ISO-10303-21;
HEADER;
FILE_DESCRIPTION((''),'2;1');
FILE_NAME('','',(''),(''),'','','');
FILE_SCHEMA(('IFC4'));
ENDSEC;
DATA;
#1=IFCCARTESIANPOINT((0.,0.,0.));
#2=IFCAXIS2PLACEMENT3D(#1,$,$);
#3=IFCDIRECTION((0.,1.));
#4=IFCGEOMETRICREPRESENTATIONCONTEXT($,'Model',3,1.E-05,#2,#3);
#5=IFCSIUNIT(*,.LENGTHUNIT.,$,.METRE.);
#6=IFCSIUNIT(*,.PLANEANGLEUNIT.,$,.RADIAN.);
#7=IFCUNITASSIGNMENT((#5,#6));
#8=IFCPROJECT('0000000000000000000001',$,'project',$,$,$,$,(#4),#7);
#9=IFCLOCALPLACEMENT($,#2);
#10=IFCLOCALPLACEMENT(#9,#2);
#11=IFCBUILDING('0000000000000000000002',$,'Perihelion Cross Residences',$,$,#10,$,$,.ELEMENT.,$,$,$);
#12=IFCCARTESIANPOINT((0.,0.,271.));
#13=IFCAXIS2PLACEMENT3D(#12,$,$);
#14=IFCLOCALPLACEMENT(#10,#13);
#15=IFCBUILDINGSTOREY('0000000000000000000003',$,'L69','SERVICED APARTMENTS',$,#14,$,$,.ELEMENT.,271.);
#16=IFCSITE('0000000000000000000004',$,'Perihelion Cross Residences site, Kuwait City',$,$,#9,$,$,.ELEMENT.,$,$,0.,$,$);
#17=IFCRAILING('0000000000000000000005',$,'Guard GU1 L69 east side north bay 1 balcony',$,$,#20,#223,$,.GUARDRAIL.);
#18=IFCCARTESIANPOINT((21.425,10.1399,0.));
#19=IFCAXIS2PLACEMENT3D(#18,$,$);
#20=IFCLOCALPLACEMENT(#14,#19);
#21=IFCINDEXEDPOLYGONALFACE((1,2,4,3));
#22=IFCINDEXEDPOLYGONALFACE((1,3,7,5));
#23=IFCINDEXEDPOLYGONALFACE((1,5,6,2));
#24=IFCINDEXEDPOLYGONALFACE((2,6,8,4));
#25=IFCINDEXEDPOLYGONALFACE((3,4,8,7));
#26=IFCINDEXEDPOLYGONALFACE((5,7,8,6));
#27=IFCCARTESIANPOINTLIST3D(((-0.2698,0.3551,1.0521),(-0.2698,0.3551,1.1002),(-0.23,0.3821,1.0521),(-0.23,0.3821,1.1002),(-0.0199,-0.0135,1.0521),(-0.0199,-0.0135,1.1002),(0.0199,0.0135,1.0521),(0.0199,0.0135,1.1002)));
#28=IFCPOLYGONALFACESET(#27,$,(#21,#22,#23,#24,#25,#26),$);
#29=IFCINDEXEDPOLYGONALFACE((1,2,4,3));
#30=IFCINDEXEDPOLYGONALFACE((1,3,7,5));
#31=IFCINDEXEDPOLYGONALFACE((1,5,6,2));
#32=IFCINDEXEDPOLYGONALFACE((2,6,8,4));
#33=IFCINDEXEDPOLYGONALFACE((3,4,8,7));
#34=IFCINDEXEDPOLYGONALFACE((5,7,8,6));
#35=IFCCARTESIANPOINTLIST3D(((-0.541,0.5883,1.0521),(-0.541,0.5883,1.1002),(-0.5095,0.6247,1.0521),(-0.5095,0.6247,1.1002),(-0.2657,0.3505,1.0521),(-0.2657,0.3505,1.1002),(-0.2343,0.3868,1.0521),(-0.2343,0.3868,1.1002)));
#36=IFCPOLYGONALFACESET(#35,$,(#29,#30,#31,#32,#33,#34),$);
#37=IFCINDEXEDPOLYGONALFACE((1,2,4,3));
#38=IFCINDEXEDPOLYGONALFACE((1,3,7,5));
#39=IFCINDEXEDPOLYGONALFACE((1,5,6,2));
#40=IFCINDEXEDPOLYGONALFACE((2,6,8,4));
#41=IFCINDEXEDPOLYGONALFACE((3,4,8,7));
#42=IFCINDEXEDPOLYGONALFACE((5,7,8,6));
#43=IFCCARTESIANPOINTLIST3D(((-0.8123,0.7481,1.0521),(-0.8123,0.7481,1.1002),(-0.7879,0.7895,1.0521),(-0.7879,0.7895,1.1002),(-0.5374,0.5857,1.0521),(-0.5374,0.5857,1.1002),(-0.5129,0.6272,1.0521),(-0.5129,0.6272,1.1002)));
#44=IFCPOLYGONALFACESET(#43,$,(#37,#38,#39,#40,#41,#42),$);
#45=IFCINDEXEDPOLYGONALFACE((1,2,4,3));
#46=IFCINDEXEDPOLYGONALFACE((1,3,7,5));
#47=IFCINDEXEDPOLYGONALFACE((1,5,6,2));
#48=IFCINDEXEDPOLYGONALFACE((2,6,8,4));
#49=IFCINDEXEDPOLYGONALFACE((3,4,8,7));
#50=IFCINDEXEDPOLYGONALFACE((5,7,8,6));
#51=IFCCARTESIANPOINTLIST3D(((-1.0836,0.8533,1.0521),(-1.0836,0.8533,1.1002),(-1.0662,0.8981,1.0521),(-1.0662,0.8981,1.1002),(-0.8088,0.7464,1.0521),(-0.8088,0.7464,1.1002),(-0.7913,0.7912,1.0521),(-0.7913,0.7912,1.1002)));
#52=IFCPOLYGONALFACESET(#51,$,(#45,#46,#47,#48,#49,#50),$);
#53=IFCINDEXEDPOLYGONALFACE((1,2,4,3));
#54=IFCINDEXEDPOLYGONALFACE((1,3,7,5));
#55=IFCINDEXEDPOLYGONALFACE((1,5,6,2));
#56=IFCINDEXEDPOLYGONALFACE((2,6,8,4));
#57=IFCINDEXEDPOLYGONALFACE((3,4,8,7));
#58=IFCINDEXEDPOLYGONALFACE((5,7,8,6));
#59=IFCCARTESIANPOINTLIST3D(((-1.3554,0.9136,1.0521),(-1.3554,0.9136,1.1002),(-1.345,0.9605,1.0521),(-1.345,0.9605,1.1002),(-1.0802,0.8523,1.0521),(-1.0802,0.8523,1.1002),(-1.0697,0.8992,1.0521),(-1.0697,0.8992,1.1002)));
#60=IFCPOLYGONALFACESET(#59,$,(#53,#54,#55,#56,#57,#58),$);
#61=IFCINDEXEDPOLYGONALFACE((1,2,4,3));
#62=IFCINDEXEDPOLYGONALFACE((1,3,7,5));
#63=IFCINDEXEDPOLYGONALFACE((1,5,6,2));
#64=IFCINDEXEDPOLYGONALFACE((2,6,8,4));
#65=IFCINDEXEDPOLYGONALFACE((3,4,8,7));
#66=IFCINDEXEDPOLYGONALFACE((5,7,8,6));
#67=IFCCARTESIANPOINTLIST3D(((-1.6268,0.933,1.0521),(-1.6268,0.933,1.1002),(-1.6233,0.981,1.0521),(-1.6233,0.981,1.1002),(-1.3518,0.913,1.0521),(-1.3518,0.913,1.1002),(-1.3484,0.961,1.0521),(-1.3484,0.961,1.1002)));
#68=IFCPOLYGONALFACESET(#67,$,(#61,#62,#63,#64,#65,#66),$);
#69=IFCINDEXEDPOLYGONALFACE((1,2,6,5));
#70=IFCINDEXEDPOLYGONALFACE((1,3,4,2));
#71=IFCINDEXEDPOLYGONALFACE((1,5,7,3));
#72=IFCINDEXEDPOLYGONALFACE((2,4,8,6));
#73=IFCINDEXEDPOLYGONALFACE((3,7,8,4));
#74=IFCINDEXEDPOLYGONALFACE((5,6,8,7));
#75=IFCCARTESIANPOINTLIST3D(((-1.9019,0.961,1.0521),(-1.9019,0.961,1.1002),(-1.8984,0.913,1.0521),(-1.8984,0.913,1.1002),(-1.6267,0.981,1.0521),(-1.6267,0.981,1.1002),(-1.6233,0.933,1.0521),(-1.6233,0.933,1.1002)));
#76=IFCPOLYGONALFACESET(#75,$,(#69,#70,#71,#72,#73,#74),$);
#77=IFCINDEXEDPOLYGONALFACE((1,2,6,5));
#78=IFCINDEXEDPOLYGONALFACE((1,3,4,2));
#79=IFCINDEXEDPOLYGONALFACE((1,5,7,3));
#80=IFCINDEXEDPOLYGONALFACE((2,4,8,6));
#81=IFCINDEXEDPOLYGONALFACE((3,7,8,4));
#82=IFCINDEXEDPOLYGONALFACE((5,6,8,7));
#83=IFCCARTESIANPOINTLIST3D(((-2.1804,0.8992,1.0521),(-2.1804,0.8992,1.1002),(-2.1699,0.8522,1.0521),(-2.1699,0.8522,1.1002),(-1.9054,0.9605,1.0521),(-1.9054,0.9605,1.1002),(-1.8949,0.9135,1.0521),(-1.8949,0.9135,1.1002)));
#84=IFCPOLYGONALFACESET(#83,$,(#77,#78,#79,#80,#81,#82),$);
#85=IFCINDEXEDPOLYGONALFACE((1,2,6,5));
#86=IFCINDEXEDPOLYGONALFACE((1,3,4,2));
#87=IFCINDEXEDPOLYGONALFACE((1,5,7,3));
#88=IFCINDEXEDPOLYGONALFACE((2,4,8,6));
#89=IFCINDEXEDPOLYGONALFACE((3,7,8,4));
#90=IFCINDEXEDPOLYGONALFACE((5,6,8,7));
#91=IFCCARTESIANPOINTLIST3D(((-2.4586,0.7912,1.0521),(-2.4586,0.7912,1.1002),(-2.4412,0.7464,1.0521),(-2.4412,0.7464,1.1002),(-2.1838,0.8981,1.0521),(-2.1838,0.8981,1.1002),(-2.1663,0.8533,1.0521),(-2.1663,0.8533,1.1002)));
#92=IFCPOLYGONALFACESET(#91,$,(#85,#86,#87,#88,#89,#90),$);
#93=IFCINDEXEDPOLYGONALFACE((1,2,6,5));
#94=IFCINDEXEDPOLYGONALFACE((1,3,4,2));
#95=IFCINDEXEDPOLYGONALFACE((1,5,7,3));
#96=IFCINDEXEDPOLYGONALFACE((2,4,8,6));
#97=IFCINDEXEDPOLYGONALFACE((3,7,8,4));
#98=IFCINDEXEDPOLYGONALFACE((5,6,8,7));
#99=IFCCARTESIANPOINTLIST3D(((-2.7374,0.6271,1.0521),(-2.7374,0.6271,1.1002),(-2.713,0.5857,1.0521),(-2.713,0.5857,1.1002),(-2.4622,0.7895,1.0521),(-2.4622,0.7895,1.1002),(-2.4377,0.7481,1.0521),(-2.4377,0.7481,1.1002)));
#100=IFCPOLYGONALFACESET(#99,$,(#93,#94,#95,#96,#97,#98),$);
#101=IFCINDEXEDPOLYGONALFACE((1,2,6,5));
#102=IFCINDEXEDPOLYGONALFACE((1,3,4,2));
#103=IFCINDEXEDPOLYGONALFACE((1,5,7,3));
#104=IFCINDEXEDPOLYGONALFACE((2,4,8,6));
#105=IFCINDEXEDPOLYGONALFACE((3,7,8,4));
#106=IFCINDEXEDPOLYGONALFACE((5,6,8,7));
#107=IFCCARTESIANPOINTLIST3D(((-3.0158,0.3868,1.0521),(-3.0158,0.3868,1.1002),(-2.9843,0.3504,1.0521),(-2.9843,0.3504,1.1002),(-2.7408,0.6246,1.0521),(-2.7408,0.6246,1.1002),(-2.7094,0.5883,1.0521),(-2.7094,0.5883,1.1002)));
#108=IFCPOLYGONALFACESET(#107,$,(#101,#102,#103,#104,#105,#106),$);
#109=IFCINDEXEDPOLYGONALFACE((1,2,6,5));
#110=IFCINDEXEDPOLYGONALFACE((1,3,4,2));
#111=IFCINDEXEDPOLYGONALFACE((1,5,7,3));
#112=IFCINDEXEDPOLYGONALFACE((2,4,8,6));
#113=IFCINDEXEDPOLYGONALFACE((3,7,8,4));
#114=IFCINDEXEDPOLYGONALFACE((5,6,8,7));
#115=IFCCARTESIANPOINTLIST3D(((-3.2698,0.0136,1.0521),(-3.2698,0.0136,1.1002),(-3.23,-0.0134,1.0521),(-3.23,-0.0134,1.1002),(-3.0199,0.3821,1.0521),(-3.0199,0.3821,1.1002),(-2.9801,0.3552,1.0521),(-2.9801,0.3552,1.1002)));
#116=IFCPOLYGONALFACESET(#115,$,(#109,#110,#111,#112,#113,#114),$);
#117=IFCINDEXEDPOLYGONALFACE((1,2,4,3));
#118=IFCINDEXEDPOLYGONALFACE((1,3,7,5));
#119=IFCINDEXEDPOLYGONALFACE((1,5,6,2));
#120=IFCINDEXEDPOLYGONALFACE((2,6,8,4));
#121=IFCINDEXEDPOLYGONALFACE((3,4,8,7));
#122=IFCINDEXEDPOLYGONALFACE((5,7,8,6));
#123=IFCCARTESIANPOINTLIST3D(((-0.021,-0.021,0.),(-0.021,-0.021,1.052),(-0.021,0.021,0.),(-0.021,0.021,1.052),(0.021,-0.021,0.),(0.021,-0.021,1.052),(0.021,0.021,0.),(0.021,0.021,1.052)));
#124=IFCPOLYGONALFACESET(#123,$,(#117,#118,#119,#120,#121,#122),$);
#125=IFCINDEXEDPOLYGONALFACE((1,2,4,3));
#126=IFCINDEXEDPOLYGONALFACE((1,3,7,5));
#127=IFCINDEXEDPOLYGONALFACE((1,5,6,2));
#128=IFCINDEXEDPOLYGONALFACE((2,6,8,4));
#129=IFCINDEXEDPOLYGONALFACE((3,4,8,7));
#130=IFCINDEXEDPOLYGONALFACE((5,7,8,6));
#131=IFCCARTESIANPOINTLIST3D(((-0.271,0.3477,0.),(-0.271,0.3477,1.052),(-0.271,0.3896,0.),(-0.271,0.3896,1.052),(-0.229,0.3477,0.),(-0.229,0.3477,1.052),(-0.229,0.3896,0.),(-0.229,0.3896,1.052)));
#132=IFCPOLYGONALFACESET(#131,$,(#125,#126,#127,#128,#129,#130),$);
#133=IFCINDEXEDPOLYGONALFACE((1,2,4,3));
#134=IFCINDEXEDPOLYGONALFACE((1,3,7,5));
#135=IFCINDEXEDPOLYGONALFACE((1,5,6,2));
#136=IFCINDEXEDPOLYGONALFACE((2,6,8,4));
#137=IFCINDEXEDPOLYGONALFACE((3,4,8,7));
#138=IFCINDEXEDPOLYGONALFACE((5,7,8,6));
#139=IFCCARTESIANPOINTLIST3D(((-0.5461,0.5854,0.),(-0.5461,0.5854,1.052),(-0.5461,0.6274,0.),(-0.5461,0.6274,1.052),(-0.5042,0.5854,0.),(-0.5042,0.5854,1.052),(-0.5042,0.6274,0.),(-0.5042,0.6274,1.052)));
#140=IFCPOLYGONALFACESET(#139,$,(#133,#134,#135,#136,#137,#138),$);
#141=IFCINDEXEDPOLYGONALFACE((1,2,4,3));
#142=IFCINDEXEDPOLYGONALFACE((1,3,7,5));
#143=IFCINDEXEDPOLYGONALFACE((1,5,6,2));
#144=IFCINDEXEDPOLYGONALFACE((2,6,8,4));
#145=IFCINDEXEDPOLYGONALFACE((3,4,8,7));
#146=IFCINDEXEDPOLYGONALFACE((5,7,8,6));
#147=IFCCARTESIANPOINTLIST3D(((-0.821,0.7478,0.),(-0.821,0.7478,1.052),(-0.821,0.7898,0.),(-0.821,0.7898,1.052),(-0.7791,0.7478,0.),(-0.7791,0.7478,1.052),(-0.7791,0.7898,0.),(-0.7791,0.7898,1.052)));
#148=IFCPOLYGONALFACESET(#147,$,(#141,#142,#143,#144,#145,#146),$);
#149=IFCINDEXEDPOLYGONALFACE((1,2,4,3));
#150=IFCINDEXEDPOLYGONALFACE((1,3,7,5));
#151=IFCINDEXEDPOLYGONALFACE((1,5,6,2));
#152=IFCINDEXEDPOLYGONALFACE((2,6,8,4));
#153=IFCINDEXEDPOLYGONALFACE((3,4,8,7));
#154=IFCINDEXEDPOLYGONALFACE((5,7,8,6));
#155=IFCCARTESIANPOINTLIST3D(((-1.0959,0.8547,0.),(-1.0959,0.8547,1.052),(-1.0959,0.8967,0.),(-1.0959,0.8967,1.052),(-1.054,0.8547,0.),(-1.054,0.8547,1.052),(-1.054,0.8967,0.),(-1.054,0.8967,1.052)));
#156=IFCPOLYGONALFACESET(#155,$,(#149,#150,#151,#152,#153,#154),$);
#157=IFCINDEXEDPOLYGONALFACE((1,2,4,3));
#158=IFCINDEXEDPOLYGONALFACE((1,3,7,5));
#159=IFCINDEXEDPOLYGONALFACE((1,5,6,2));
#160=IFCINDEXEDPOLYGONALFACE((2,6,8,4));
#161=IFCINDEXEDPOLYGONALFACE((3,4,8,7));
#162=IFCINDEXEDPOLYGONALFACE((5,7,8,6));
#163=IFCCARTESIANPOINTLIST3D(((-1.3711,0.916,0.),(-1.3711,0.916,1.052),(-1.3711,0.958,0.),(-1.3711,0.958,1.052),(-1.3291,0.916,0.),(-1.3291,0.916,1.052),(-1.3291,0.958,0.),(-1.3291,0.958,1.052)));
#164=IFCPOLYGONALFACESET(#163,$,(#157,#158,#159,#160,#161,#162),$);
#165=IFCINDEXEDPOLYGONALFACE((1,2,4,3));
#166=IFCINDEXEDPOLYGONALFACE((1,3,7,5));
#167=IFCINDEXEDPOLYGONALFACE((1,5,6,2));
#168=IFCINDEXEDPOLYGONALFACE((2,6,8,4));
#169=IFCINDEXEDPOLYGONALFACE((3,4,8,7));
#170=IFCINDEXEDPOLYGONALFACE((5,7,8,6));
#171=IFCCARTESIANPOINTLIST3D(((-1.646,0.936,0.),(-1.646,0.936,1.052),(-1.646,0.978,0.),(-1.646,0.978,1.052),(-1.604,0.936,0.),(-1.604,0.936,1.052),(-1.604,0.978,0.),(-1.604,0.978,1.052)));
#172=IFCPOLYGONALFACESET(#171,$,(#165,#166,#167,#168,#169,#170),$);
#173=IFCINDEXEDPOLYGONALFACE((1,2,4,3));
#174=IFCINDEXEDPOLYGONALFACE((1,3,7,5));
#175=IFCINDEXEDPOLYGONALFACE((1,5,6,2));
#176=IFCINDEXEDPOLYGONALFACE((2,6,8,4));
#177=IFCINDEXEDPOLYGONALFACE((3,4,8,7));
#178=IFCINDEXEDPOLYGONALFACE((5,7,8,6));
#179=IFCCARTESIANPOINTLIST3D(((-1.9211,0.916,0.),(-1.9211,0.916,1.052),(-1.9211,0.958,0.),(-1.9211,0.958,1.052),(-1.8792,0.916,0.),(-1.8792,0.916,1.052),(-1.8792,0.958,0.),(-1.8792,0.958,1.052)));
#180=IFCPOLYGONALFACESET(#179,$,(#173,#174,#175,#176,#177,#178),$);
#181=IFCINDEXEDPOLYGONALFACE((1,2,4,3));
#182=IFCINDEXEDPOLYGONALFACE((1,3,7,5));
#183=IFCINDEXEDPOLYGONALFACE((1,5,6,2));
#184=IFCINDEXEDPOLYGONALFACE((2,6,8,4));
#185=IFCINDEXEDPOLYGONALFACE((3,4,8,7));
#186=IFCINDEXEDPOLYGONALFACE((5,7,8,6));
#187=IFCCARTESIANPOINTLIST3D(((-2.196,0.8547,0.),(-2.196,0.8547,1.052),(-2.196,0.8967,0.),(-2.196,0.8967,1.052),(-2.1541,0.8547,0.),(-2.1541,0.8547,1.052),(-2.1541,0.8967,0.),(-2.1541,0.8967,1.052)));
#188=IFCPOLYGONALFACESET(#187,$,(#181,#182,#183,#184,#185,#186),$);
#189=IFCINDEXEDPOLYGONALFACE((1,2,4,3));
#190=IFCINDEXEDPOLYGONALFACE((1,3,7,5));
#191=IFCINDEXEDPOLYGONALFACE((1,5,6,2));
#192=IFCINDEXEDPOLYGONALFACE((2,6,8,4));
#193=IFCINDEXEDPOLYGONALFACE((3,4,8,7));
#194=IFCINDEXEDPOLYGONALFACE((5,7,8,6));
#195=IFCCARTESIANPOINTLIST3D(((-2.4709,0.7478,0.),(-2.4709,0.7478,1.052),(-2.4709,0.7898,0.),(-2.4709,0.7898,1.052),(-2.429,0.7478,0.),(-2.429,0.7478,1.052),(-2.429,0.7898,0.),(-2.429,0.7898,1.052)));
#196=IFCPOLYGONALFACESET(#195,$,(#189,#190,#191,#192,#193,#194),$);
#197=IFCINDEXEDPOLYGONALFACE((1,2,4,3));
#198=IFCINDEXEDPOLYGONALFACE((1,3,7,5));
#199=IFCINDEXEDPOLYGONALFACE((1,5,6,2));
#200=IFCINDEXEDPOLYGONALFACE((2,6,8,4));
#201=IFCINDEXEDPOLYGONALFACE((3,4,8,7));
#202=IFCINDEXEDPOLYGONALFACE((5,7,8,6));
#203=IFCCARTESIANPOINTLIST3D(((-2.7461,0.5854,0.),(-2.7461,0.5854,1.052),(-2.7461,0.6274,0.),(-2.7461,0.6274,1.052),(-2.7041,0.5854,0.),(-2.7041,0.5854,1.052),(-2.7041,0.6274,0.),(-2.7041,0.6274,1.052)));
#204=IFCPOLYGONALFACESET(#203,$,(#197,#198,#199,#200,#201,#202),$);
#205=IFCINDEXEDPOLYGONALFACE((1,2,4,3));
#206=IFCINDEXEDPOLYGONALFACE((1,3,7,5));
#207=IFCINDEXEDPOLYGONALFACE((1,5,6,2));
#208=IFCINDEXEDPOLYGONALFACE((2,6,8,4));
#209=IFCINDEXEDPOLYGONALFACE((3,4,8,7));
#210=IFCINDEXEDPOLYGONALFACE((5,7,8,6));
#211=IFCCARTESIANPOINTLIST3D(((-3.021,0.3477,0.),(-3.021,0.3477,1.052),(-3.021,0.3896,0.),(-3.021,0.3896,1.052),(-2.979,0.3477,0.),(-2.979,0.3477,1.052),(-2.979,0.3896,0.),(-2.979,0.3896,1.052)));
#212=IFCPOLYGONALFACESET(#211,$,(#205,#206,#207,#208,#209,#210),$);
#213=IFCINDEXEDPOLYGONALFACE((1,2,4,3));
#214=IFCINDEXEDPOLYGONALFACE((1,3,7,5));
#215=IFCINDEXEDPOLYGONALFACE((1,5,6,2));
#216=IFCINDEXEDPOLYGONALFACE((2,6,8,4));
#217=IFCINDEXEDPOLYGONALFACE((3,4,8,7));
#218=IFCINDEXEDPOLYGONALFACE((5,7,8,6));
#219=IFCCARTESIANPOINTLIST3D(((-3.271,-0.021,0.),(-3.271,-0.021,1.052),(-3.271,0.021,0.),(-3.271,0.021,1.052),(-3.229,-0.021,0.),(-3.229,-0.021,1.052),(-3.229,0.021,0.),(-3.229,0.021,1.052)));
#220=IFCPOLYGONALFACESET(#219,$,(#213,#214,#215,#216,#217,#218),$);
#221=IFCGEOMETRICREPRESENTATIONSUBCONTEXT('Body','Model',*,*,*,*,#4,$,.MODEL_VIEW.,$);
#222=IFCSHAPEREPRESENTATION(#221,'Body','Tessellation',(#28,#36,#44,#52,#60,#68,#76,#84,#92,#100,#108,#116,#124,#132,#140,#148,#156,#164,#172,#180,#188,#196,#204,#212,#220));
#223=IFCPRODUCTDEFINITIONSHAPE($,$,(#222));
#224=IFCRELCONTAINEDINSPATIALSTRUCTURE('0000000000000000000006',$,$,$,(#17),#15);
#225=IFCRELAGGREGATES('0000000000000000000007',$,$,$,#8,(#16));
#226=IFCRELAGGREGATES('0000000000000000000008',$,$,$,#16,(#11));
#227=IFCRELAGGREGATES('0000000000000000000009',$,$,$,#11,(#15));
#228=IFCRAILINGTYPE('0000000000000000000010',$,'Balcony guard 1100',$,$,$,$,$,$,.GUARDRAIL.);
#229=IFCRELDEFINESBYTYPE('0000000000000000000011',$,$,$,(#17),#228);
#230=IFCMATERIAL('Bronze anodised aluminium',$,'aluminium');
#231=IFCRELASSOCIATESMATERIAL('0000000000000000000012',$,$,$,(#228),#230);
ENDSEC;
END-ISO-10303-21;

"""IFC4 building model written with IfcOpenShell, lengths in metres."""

from ifc_helpers import new_model, si_unit, direction, frame, origin, origin_2d, place, context, subcontext, project, spatial, rectangle, extrude, material, type_object, element, save


model = new_model("IFC4")

# Units and contexts
model_context = context("Model", 3, precision=1e-05, world=origin(), true_north=direction((0.0, 1.0)))
body_context = subcontext(model_context, "Body", "Model", "MODEL_VIEW")
ifc_project = project(units=[si_unit("LENGTHUNIT", "METRE"), si_unit("PLANEANGLEUNIT", "RADIAN")], contexts=[model_context])

# Site, building, storey
site_placement = place(None, origin())
site = spatial("IfcSite", under=ifc_project, at=site_placement, Name="Perihelion Cross Residences site, Kuwait City", CompositionType="ELEMENT", RefElevation=0.0)
building_placement = place(site_placement, origin())
building = spatial("IfcBuilding", under=site, at=building_placement, Name="Perihelion Cross Residences", CompositionType="ELEMENT")
storey_placement = place(building_placement, frame((0.0, 0.0, 271.0)))
storey = spatial("IfcBuildingStorey", under=building, at=storey_placement, Name="L69", Description="SERVICED APARTMENTS", CompositionType="ELEMENT", Elevation=271.0)

# Railing
ifc_material_1 = material(Name="Bronze anodised aluminium", Category="aluminium")
railing_type = type_object("IfcRailingType", Name="Balcony guard 1100", PredefinedType="GUARDRAIL", material=ifc_material_1)
railing_1_placement = place(storey_placement, frame((21.425, 10.1399, 0.0)))
element("IfcRailing", 1, at=railing_1_placement, inside=storey, type_object=railing_type, Name="Guard GU1 L69 east side north bay 1 balcony", PredefinedType="GUARDRAIL", context=body_context, shape_type="SweptSolid", body=[
    extrude(rectangle(XDim=0.0481, YDim=0.0481, at=origin_2d()), frame((0.0, 0.0, 1.0762), z_axis=(-0.56126, 0.827639, 0.0), x_axis=(-0.827639, -0.56126, 0.0)), (0.0, 0.0, 1.0), 0.4453),
    extrude(rectangle(XDim=0.0481, YDim=0.0481, at=origin_2d()), frame((-0.25, 0.3687, 1.0762), z_axis=(-0.756597, 0.653882, 0.0), x_axis=(-0.653882, -0.756597, 0.0)), (0.0, 0.0, 1.0), 0.3638),
    extrude(rectangle(XDim=0.0481, YDim=0.0481, at=origin_2d()), frame((-0.5251, 0.6064, 1.0762), z_axis=(-0.861048, 0.508523, 0.0), x_axis=(-0.508523, -0.861048, 0.0)), (0.0, 0.0, 1.0), 0.3193),
    extrude(rectangle(XDim=0.0481, YDim=0.0481, at=origin_2d()), frame((-0.8, 0.7688, 1.0762), z_axis=(-0.931974, 0.362526, 0.0), x_axis=(-0.362526, -0.931974, 0.0)), (0.0, 0.0, 1.0), 0.2949),
    extrude(rectangle(XDim=0.0481, YDim=0.0481, at=origin_2d()), frame((-1.075, 0.8757, 1.0762), z_axis=(-0.976085, 0.217389, 0.0), x_axis=(-0.217389, -0.976085, 0.0)), (0.0, 0.0, 1.0), 0.282),
    extrude(rectangle(XDim=0.0481, YDim=0.0481, at=origin_2d()), frame((-1.3501, 0.937, 1.0762), z_axis=(-0.997359, 0.072632, 0.0), x_axis=(-0.072632, -0.997359, 0.0)), (0.0, 0.0, 1.0), 0.2756),
    extrude(rectangle(XDim=0.0481, YDim=0.0481, at=origin_2d()), frame((-1.625, 0.957, 1.0762), z_axis=(-0.997363, -0.072568, 0.0), x_axis=(0.072568, -0.997363, 0.0)), (0.0, 0.0, 1.0), 0.2759),
    extrude(rectangle(XDim=0.0481, YDim=0.0481, at=origin_2d()), frame((-1.9001, 0.937, 1.0762), z_axis=(-0.976044, -0.217573, 0.0), x_axis=(0.217573, -0.976044, 0.0)), (0.0, 0.0, 1.0), 0.2817),
    extrude(rectangle(XDim=0.0481, YDim=0.0481, at=origin_2d()), frame((-2.175, 0.8757, 1.0762), z_axis=(-0.931974, -0.362526, 0.0), x_axis=(0.362526, -0.931974, 0.0)), (0.0, 0.0, 1.0), 0.2949),
    extrude(rectangle(XDim=0.0481, YDim=0.0481, at=origin_2d()), frame((-2.45, 0.7688, 1.0762), z_axis=(-0.861246, -0.508189, 0.0), x_axis=(0.508189, -0.861246, 0.0)), (0.0, 0.0, 1.0), 0.3196),
    extrude(rectangle(XDim=0.0481, YDim=0.0481, at=origin_2d()), frame((-2.7251, 0.6064, 1.0762), z_axis=(-0.756309, -0.654214, 0.0), x_axis=(0.654214, -0.756309, 0.0)), (0.0, 0.0, 1.0), 0.3635),
    extrude(rectangle(XDim=0.0481, YDim=0.0481, at=origin_2d()), frame((-3.0, 0.3687, 1.0762), z_axis=(-0.56126, -0.827639, 0.0), x_axis=(0.827639, -0.56126, 0.0)), (0.0, 0.0, 1.0), 0.4453),
    extrude(rectangle(XDim=0.042, YDim=0.042, at=origin_2d()), origin(), (0.0, 0.0, 1.0), 1.052),
    extrude(rectangle(XDim=0.042, YDim=0.042, at=origin_2d()), frame((-0.25, 0.3687, 0.0)), (0.0, 0.0, 1.0), 1.052),
    extrude(rectangle(XDim=0.042, YDim=0.042, at=origin_2d()), frame((-0.5251, 0.6064, 0.0)), (0.0, 0.0, 1.0), 1.052),
    extrude(rectangle(XDim=0.042, YDim=0.042, at=origin_2d()), frame((-0.8, 0.7688, 0.0)), (0.0, 0.0, 1.0), 1.052),
    extrude(rectangle(XDim=0.042, YDim=0.042, at=origin_2d()), frame((-1.075, 0.8757, 0.0)), (0.0, 0.0, 1.0), 1.052),
    extrude(rectangle(XDim=0.042, YDim=0.042, at=origin_2d()), frame((-1.3501, 0.937, 0.0)), (0.0, 0.0, 1.0), 1.052),
    extrude(rectangle(XDim=0.042, YDim=0.042, at=origin_2d()), frame((-1.625, 0.957, 0.0)), (0.0, 0.0, 1.0), 1.052),
    extrude(rectangle(XDim=0.042, YDim=0.042, at=origin_2d()), frame((-1.9001, 0.937, 0.0)), (0.0, 0.0, 1.0), 1.052),
    extrude(rectangle(XDim=0.042, YDim=0.042, at=origin_2d()), frame((-2.175, 0.8757, 0.0)), (0.0, 0.0, 1.0), 1.052),
    extrude(rectangle(XDim=0.042, YDim=0.042, at=origin_2d()), frame((-2.45, 0.7688, 0.0)), (0.0, 0.0, 1.0), 1.052),
    extrude(rectangle(XDim=0.042, YDim=0.042, at=origin_2d()), frame((-2.7251, 0.6064, 0.0)), (0.0, 0.0, 1.0), 1.052),
    extrude(rectangle(XDim=0.042, YDim=0.042, at=origin_2d()), frame((-3.0, 0.3687, 0.0)), (0.0, 0.0, 1.0), 1.052),
    extrude(rectangle(XDim=0.042, YDim=0.042, at=origin_2d()), frame((-3.25, 0.0, 0.0)), (0.0, 0.0, 1.0), 1.052),
])

save(model, "model.ifc")
